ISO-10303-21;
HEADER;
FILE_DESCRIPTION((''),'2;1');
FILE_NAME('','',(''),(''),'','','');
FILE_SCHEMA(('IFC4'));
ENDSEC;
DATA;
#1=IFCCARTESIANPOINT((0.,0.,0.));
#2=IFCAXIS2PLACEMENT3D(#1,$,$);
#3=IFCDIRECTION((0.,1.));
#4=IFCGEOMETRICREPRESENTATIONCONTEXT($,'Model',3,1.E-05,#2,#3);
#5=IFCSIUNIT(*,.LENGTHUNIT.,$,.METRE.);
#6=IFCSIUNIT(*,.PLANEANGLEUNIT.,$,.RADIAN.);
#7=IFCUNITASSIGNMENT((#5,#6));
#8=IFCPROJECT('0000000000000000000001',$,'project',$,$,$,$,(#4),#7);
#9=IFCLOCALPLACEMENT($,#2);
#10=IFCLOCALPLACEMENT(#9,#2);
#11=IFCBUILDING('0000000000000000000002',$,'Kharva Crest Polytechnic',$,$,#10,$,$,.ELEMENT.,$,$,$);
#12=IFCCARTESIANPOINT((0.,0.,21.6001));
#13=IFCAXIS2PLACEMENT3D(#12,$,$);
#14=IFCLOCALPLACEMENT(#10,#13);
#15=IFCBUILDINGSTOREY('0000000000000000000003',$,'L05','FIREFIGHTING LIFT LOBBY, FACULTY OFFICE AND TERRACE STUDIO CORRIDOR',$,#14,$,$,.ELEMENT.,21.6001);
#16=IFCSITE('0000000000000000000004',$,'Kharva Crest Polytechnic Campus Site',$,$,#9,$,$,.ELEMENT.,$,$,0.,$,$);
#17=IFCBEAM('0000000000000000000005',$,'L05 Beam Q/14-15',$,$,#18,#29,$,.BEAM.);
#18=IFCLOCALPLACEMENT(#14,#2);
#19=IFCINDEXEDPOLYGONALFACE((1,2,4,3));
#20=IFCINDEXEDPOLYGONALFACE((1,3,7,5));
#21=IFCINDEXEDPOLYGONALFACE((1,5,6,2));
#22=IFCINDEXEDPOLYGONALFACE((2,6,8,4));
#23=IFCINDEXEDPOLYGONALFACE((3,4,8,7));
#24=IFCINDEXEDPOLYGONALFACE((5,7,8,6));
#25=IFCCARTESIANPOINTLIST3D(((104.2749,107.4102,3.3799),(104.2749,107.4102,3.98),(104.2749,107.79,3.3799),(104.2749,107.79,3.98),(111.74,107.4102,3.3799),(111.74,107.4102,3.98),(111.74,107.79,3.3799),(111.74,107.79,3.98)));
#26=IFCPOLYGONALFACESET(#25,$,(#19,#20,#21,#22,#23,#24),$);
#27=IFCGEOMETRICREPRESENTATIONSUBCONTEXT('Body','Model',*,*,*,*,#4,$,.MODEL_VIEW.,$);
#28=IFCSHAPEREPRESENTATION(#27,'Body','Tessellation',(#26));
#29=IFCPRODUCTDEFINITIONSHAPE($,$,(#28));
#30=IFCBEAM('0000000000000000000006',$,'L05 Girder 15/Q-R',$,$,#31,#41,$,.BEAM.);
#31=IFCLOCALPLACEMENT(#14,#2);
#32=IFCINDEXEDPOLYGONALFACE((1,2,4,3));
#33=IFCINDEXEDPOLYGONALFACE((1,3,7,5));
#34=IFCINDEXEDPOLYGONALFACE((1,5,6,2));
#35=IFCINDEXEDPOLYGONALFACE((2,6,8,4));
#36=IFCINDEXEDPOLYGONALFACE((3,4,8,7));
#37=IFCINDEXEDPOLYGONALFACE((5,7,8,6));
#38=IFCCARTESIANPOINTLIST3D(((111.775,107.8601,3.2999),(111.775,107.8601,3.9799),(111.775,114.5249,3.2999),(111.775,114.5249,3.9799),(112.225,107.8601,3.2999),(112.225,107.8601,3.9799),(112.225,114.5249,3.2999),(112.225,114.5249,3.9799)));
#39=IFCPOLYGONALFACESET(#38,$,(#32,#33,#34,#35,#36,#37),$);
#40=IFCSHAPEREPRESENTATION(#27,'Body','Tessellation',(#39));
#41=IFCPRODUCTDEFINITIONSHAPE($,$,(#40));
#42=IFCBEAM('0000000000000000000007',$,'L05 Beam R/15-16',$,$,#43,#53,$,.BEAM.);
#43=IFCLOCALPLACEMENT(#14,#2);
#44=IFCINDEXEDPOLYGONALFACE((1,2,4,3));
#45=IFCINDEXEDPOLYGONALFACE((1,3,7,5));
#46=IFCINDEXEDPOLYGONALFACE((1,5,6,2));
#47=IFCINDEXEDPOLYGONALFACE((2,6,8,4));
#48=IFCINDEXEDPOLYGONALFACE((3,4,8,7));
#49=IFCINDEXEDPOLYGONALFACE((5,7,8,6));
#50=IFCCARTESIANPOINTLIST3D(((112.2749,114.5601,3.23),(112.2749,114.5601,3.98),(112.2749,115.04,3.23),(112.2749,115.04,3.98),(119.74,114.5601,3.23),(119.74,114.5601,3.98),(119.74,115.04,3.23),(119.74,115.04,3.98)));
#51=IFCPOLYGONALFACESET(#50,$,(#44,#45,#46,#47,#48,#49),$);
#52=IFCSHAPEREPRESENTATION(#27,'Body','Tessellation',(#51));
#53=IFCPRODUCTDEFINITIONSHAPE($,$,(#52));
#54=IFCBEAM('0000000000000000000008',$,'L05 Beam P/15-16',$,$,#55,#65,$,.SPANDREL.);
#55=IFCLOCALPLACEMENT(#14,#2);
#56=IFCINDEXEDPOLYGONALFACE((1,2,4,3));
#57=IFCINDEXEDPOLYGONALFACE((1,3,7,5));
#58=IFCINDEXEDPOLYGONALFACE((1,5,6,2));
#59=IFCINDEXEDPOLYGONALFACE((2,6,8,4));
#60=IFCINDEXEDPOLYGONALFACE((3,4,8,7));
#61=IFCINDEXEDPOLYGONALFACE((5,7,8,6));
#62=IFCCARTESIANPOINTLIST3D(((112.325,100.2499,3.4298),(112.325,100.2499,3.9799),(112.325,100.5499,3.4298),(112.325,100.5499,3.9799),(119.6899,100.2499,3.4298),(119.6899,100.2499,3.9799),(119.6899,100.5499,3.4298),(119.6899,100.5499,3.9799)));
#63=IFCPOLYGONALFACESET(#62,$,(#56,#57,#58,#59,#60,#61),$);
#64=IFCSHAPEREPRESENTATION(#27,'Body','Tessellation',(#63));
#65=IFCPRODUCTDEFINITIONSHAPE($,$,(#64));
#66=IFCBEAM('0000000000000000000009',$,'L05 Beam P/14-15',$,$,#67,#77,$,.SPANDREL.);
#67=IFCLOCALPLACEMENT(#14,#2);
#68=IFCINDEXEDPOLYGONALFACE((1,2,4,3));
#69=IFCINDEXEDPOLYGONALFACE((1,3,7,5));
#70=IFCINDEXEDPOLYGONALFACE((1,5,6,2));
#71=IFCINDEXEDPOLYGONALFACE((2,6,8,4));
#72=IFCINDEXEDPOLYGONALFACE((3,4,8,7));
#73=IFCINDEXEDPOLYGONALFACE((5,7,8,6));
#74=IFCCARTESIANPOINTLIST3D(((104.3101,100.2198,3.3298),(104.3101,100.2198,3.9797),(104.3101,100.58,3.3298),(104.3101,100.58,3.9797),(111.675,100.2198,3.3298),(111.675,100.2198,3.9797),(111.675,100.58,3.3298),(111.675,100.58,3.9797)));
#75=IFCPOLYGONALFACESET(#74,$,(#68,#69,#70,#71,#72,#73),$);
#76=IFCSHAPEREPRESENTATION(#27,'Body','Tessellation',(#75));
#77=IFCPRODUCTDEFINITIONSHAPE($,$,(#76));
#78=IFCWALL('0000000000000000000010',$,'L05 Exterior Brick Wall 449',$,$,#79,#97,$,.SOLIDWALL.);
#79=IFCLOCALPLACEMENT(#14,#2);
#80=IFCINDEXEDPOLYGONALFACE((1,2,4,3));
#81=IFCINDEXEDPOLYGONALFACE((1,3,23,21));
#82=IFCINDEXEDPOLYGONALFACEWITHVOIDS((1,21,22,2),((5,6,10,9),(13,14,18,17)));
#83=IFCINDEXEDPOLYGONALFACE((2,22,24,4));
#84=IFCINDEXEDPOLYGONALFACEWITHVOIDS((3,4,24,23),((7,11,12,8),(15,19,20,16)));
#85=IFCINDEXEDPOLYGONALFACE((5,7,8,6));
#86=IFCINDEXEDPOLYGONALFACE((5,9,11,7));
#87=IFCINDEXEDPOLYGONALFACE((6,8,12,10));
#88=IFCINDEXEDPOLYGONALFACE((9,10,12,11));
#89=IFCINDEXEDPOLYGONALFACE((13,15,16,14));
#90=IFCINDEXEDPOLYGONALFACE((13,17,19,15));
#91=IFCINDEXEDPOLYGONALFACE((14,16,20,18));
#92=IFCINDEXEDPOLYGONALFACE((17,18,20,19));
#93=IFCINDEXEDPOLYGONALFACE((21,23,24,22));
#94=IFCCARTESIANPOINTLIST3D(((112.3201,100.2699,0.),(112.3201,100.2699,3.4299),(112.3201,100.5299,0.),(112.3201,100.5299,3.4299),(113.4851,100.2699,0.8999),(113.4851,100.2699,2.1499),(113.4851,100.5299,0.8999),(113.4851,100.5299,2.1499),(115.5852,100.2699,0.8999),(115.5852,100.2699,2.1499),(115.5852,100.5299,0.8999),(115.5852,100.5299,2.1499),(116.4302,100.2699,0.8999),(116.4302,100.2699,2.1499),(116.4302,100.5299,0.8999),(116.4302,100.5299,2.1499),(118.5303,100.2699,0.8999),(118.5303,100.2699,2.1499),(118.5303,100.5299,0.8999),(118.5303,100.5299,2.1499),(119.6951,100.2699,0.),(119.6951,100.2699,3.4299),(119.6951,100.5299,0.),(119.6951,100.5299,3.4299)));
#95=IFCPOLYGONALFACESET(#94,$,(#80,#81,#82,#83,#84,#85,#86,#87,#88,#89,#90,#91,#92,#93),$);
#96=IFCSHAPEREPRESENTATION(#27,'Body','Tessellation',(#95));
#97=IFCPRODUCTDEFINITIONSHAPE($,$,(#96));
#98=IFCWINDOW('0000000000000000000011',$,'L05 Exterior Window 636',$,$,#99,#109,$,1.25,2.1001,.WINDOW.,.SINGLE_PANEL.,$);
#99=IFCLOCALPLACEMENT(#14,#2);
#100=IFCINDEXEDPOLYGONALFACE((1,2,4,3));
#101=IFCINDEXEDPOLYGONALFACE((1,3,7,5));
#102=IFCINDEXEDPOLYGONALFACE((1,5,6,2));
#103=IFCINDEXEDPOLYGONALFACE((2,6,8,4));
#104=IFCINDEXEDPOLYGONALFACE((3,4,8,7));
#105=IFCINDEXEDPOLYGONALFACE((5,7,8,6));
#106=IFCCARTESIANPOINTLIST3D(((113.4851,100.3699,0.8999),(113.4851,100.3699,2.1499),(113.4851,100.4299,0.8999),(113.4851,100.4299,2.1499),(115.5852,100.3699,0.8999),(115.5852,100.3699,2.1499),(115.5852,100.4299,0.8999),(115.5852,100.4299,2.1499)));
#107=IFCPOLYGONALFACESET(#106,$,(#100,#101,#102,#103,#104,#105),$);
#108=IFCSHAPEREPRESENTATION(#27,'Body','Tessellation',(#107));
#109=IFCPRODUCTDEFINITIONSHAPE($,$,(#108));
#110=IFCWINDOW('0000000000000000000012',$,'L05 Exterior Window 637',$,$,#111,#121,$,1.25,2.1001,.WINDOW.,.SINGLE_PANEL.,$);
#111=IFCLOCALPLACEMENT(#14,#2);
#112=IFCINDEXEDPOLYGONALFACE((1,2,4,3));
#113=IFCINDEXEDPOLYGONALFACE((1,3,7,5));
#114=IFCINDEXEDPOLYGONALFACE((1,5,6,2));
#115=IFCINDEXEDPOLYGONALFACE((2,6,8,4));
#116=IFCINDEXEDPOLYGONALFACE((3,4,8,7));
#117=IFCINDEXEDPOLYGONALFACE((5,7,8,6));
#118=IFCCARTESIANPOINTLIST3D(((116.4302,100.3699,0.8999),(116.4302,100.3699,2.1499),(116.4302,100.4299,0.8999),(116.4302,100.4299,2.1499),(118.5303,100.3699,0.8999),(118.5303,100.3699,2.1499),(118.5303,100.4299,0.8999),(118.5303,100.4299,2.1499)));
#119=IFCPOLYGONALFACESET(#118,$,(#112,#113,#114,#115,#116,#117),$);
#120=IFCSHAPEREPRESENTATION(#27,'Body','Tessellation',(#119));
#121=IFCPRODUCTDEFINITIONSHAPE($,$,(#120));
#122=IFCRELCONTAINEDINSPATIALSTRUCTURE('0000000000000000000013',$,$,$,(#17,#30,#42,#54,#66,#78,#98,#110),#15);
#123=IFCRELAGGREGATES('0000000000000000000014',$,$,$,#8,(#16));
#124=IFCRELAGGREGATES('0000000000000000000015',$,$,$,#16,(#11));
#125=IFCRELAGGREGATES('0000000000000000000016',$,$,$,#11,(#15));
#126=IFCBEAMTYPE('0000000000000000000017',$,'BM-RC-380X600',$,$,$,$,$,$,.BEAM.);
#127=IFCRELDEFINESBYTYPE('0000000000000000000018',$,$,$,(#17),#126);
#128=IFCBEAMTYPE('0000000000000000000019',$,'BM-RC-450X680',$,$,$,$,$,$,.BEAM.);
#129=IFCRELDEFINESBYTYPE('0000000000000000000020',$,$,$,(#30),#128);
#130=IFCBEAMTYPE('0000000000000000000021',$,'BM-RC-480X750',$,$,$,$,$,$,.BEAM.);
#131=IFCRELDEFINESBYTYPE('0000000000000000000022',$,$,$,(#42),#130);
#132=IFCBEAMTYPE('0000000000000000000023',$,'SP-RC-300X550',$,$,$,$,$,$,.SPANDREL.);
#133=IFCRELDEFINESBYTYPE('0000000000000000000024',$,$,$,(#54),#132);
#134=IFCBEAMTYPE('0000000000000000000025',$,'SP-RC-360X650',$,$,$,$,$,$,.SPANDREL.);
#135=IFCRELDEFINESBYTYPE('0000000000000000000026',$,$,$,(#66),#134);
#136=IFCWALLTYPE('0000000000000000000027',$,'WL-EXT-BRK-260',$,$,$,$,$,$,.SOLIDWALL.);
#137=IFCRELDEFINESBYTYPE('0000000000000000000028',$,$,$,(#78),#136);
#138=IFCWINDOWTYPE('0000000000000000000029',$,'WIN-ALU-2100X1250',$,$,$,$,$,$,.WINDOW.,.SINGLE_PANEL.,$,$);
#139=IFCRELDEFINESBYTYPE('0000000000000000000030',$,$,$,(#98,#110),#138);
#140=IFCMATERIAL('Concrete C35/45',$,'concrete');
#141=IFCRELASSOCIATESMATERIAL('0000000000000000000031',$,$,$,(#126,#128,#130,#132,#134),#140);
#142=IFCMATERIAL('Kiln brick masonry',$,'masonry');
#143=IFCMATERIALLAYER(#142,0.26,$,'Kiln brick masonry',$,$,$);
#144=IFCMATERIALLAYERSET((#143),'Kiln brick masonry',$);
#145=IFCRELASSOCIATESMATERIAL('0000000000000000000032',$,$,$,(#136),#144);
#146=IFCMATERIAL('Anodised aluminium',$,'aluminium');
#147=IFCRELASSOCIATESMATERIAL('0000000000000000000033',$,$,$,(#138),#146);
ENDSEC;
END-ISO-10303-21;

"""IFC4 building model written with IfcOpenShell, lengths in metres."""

from ifc_helpers import new_model, si_unit, direction, frame, frame_2d, origin, origin_2d, place, context, subcontext, project, spatial, rectangle, extrude, material, layer, layer_set, material_profile, profile_set, type_object, element, fill, save


model = new_model("IFC4")

# Units and contexts
model_context = context("Model", 3, precision=1e-05, world=origin(), true_north=direction((0.0, 1.0)))
body_context = subcontext(model_context, "Body", "Model", "MODEL_VIEW")
ifc_project = project(units=[si_unit("LENGTHUNIT", "METRE"), si_unit("PLANEANGLEUNIT", "RADIAN")], contexts=[model_context])

# Site, building, storey
site_placement = place(None, origin())
site = spatial("IfcSite", under=ifc_project, at=site_placement, Name="Kharva Crest Polytechnic Campus Site", CompositionType="ELEMENT", RefElevation=0.0)
building_placement = place(site_placement, origin())
building = spatial("IfcBuilding", under=site, at=building_placement, Name="Kharva Crest Polytechnic", CompositionType="ELEMENT")
storey_placement = place(building_placement, frame((0.0, 0.0, 21.6001)))
storey = spatial("IfcBuildingStorey", under=building, at=storey_placement, Name="L05", Description="FIREFIGHTING LIFT LOBBY, FACULTY OFFICE AND TERRACE STUDIO CORRIDOR", CompositionType="ELEMENT", Elevation=21.6001)

# Beams
ifc_material_1 = material(Name="Concrete C35/45", Category="concrete")
ifc_material_profile_1 = material_profile(ifc_material_1, rectangle(XDim=0.3799, YDim=0.6001, at=origin_2d()), Name="RECT 380 X 600")
ifc_profile_set_1 = profile_set([ifc_material_profile_1], Name="Concrete C35/45")
beam_type_1 = type_object("IfcBeamType", Name="BM-RC-380X600", PredefinedType="BEAM", material=ifc_profile_set_1)
beam_1_placement = place(storey_placement, frame((104.2749, 107.6001, 3.6799), z_axis=(1.0, 0.0, 0.0), x_axis=(0.0, 1.0, 0.0)))
element("IfcBeam", 1, at=beam_1_placement, inside=storey, type_object=beam_type_1, Name="L05 Beam Q/14-15", PredefinedType="BEAM", context=body_context, shape_type="SweptSolid", body=[
    extrude(rectangle(XDim=0.3799, YDim=0.6001, at=origin_2d()), origin(), (0.0, 0.0, 1.0), 7.4651),
])
ifc_material_profile_2 = material_profile(ifc_material_1, rectangle(XDim=0.45, YDim=0.6799, at=origin_2d()), Name="RECT 450 X 680")
ifc_profile_set_2 = profile_set([ifc_material_profile_2], Name="Concrete C35/45")
beam_type_2 = type_object("IfcBeamType", Name="BM-RC-450X680", PredefinedType="BEAM", material=ifc_profile_set_2)
beam_2_placement = place(storey_placement, frame((112.0, 107.8601, 3.6399), z_axis=(0.0, 1.0, 0.0), x_axis=(-1.0, 0.0, 0.0)))
element("IfcBeam", 2, at=beam_2_placement, inside=storey, type_object=beam_type_2, Name="L05 Girder 15/Q-R", PredefinedType="BEAM", context=body_context, shape_type="SweptSolid", body=[
    extrude(rectangle(XDim=0.45, YDim=0.6799, at=origin_2d()), origin(), (0.0, 0.0, 1.0), 6.6648),
])
ifc_material_profile_3 = material_profile(ifc_material_1, rectangle(XDim=0.48, YDim=0.75, at=origin_2d()), Name="RECT 480 X 750")
ifc_profile_set_3 = profile_set([ifc_material_profile_3], Name="Concrete C35/45")
beam_type_3 = type_object("IfcBeamType", Name="BM-RC-480X750", PredefinedType="BEAM", material=ifc_profile_set_3)
beam_3_placement = place(storey_placement, frame((112.2749, 114.8, 3.605), z_axis=(1.0, 0.0, 0.0), x_axis=(0.0, 1.0, 0.0)))
element("IfcBeam", 3, at=beam_3_placement, inside=storey, type_object=beam_type_3, Name="L05 Beam R/15-16", PredefinedType="BEAM", context=body_context, shape_type="SweptSolid", body=[
    extrude(rectangle(XDim=0.48, YDim=0.75, at=origin_2d()), origin(), (0.0, 0.0, 1.0), 7.4651),
])
ifc_material_profile_4 = material_profile(ifc_material_1, rectangle(XDim=0.3, YDim=0.55, at=origin_2d()), Name="RECT 300 X 550")
ifc_profile_set_4 = profile_set([ifc_material_profile_4], Name="Concrete C35/45")
beam_type_4 = type_object("IfcBeamType", Name="SP-RC-300X550", PredefinedType="SPANDREL", material=ifc_profile_set_4)
beam_4_placement = place(storey_placement, frame((112.325, 100.3999, 3.7048), z_axis=(1.0, 0.0, 0.0), x_axis=(0.0, 1.0, 0.0)))
element("IfcBeam", 4, at=beam_4_placement, inside=storey, type_object=beam_type_4, Name="L05 Beam P/15-16", PredefinedType="SPANDREL", context=body_context, shape_type="SweptSolid", body=[
    extrude(rectangle(XDim=0.3, YDim=0.55, at=origin_2d()), origin(), (0.0, 0.0, 1.0), 7.365),
])
ifc_material_profile_5 = material_profile(ifc_material_1, rectangle(XDim=0.3601, YDim=0.6499, at=origin_2d()), Name="RECT 360 X 650")
ifc_profile_set_5 = profile_set([ifc_material_profile_5], Name="Concrete C35/45")
beam_type_5 = type_object("IfcBeamType", Name="SP-RC-360X650", PredefinedType="SPANDREL", material=ifc_profile_set_5)
beam_5_placement = place(storey_placement, frame((104.3101, 100.3999, 3.6548), z_axis=(1.0, 0.0, 0.0), x_axis=(0.0, 1.0, 0.0)))
element("IfcBeam", 5, at=beam_5_placement, inside=storey, type_object=beam_type_5, Name="L05 Beam P/14-15", PredefinedType="SPANDREL", context=body_context, shape_type="SweptSolid", body=[
    extrude(rectangle(XDim=0.3601, YDim=0.6499, at=origin_2d()), origin(), (0.0, 0.0, 1.0), 7.365),
])

# Wall, openings, windows
ifc_material_2 = material(Name="Kiln brick masonry", Category="masonry")
ifc_layer_1 = layer(ifc_material_2, 0.26, Name="Kiln brick masonry")
ifc_layer_set_1 = layer_set([ifc_layer_1], Name="Kiln brick masonry")
wall_type_1 = type_object("IfcWallType", Name="WL-EXT-BRK-260", PredefinedType="SOLIDWALL", material=ifc_layer_set_1)
wall_1_placement = place(storey_placement, frame((112.3201, 100.3999, 0.0), z_axis=(0.0, 0.0, 1.0), x_axis=(1.0, 0.0, 0.0)))
wall_1 = element("IfcWall", 6, at=wall_1_placement, inside=storey, type_object=wall_type_1, Name="L05 Exterior Brick Wall 449", PredefinedType="SOLIDWALL", context=body_context, shape_type="SweptSolid", body=[
    extrude(rectangle(XDim=7.375, YDim=0.26, at=frame_2d((3.6875, 0.0))), origin(), (0.0, 0.0, 1.0), 3.4299),
])
opening_1_placement = place(wall_1_placement, frame((1.165, 0.0, 0.8999)))
opening_1 = element("IfcOpeningElement", 7, at=opening_1_placement, cuts=wall_1, PredefinedType="OPENING", context=body_context, shape_type="SweptSolid", body=[
    extrude(rectangle(XDim=2.1001, YDim=1.25, at=frame_2d((1.05, 0.625))), frame((0.0, 0.1399, 0.0), z_axis=(0.0, -1.0, 0.0), x_axis=(1.0, 0.0, 0.0)), (0.0, 0.0, 1.0), 0.28),
])
opening_2_placement = place(wall_1_placement, frame((4.1101, 0.0, 0.8999)))
opening_2 = element("IfcOpeningElement", 8, at=opening_2_placement, cuts=wall_1, PredefinedType="OPENING", context=body_context, shape_type="SweptSolid", body=[
    extrude(rectangle(XDim=2.1001, YDim=1.25, at=frame_2d((1.05, 0.625))), frame((0.0, 0.1399, 0.0), z_axis=(0.0, -1.0, 0.0), x_axis=(1.0, 0.0, 0.0)), (0.0, 0.0, 1.0), 0.28),
])
ifc_material_3 = material(Name="Anodised aluminium", Category="aluminium")
window_type_1 = type_object("IfcWindowType", Name="WIN-ALU-2100X1250", PartitioningType="SINGLE_PANEL", PredefinedType="WINDOW", material=ifc_material_3)
window_1_placement = place(opening_1_placement, origin())
window_1 = element("IfcWindow", 9, at=window_1_placement, inside=storey, type_object=window_type_1, Name="L05 Exterior Window 636", OverallHeight=1.25, OverallWidth=2.1001, PartitioningType="SINGLE_PANEL", PredefinedType="WINDOW", context=body_context, shape_type="SweptSolid", body=[
    extrude(rectangle(XDim=2.1001, YDim=1.25, at=frame_2d((1.05, 0.625))), frame((0.0, 0.03, 0.0), z_axis=(0.0, -1.0, 0.0), x_axis=(1.0, 0.0, 0.0)), (0.0, 0.0, 1.0), 0.0601),
])
fill(opening_1, window_1)
window_2_placement = place(opening_2_placement, origin())
window_2 = element("IfcWindow", 10, at=window_2_placement, inside=storey, type_object=window_type_1, Name="L05 Exterior Window 637", OverallHeight=1.25, OverallWidth=2.1001, PartitioningType="SINGLE_PANEL", PredefinedType="WINDOW", context=body_context, shape_type="SweptSolid", body=[
    extrude(rectangle(XDim=2.1001, YDim=1.25, at=frame_2d((1.05, 0.625))), frame((0.0, 0.03, 0.0), z_axis=(0.0, -1.0, 0.0), x_axis=(1.0, 0.0, 0.0)), (0.0, 0.0, 1.0), 0.0601),
])
fill(opening_2, window_2)

save(model, "model.ifc")
